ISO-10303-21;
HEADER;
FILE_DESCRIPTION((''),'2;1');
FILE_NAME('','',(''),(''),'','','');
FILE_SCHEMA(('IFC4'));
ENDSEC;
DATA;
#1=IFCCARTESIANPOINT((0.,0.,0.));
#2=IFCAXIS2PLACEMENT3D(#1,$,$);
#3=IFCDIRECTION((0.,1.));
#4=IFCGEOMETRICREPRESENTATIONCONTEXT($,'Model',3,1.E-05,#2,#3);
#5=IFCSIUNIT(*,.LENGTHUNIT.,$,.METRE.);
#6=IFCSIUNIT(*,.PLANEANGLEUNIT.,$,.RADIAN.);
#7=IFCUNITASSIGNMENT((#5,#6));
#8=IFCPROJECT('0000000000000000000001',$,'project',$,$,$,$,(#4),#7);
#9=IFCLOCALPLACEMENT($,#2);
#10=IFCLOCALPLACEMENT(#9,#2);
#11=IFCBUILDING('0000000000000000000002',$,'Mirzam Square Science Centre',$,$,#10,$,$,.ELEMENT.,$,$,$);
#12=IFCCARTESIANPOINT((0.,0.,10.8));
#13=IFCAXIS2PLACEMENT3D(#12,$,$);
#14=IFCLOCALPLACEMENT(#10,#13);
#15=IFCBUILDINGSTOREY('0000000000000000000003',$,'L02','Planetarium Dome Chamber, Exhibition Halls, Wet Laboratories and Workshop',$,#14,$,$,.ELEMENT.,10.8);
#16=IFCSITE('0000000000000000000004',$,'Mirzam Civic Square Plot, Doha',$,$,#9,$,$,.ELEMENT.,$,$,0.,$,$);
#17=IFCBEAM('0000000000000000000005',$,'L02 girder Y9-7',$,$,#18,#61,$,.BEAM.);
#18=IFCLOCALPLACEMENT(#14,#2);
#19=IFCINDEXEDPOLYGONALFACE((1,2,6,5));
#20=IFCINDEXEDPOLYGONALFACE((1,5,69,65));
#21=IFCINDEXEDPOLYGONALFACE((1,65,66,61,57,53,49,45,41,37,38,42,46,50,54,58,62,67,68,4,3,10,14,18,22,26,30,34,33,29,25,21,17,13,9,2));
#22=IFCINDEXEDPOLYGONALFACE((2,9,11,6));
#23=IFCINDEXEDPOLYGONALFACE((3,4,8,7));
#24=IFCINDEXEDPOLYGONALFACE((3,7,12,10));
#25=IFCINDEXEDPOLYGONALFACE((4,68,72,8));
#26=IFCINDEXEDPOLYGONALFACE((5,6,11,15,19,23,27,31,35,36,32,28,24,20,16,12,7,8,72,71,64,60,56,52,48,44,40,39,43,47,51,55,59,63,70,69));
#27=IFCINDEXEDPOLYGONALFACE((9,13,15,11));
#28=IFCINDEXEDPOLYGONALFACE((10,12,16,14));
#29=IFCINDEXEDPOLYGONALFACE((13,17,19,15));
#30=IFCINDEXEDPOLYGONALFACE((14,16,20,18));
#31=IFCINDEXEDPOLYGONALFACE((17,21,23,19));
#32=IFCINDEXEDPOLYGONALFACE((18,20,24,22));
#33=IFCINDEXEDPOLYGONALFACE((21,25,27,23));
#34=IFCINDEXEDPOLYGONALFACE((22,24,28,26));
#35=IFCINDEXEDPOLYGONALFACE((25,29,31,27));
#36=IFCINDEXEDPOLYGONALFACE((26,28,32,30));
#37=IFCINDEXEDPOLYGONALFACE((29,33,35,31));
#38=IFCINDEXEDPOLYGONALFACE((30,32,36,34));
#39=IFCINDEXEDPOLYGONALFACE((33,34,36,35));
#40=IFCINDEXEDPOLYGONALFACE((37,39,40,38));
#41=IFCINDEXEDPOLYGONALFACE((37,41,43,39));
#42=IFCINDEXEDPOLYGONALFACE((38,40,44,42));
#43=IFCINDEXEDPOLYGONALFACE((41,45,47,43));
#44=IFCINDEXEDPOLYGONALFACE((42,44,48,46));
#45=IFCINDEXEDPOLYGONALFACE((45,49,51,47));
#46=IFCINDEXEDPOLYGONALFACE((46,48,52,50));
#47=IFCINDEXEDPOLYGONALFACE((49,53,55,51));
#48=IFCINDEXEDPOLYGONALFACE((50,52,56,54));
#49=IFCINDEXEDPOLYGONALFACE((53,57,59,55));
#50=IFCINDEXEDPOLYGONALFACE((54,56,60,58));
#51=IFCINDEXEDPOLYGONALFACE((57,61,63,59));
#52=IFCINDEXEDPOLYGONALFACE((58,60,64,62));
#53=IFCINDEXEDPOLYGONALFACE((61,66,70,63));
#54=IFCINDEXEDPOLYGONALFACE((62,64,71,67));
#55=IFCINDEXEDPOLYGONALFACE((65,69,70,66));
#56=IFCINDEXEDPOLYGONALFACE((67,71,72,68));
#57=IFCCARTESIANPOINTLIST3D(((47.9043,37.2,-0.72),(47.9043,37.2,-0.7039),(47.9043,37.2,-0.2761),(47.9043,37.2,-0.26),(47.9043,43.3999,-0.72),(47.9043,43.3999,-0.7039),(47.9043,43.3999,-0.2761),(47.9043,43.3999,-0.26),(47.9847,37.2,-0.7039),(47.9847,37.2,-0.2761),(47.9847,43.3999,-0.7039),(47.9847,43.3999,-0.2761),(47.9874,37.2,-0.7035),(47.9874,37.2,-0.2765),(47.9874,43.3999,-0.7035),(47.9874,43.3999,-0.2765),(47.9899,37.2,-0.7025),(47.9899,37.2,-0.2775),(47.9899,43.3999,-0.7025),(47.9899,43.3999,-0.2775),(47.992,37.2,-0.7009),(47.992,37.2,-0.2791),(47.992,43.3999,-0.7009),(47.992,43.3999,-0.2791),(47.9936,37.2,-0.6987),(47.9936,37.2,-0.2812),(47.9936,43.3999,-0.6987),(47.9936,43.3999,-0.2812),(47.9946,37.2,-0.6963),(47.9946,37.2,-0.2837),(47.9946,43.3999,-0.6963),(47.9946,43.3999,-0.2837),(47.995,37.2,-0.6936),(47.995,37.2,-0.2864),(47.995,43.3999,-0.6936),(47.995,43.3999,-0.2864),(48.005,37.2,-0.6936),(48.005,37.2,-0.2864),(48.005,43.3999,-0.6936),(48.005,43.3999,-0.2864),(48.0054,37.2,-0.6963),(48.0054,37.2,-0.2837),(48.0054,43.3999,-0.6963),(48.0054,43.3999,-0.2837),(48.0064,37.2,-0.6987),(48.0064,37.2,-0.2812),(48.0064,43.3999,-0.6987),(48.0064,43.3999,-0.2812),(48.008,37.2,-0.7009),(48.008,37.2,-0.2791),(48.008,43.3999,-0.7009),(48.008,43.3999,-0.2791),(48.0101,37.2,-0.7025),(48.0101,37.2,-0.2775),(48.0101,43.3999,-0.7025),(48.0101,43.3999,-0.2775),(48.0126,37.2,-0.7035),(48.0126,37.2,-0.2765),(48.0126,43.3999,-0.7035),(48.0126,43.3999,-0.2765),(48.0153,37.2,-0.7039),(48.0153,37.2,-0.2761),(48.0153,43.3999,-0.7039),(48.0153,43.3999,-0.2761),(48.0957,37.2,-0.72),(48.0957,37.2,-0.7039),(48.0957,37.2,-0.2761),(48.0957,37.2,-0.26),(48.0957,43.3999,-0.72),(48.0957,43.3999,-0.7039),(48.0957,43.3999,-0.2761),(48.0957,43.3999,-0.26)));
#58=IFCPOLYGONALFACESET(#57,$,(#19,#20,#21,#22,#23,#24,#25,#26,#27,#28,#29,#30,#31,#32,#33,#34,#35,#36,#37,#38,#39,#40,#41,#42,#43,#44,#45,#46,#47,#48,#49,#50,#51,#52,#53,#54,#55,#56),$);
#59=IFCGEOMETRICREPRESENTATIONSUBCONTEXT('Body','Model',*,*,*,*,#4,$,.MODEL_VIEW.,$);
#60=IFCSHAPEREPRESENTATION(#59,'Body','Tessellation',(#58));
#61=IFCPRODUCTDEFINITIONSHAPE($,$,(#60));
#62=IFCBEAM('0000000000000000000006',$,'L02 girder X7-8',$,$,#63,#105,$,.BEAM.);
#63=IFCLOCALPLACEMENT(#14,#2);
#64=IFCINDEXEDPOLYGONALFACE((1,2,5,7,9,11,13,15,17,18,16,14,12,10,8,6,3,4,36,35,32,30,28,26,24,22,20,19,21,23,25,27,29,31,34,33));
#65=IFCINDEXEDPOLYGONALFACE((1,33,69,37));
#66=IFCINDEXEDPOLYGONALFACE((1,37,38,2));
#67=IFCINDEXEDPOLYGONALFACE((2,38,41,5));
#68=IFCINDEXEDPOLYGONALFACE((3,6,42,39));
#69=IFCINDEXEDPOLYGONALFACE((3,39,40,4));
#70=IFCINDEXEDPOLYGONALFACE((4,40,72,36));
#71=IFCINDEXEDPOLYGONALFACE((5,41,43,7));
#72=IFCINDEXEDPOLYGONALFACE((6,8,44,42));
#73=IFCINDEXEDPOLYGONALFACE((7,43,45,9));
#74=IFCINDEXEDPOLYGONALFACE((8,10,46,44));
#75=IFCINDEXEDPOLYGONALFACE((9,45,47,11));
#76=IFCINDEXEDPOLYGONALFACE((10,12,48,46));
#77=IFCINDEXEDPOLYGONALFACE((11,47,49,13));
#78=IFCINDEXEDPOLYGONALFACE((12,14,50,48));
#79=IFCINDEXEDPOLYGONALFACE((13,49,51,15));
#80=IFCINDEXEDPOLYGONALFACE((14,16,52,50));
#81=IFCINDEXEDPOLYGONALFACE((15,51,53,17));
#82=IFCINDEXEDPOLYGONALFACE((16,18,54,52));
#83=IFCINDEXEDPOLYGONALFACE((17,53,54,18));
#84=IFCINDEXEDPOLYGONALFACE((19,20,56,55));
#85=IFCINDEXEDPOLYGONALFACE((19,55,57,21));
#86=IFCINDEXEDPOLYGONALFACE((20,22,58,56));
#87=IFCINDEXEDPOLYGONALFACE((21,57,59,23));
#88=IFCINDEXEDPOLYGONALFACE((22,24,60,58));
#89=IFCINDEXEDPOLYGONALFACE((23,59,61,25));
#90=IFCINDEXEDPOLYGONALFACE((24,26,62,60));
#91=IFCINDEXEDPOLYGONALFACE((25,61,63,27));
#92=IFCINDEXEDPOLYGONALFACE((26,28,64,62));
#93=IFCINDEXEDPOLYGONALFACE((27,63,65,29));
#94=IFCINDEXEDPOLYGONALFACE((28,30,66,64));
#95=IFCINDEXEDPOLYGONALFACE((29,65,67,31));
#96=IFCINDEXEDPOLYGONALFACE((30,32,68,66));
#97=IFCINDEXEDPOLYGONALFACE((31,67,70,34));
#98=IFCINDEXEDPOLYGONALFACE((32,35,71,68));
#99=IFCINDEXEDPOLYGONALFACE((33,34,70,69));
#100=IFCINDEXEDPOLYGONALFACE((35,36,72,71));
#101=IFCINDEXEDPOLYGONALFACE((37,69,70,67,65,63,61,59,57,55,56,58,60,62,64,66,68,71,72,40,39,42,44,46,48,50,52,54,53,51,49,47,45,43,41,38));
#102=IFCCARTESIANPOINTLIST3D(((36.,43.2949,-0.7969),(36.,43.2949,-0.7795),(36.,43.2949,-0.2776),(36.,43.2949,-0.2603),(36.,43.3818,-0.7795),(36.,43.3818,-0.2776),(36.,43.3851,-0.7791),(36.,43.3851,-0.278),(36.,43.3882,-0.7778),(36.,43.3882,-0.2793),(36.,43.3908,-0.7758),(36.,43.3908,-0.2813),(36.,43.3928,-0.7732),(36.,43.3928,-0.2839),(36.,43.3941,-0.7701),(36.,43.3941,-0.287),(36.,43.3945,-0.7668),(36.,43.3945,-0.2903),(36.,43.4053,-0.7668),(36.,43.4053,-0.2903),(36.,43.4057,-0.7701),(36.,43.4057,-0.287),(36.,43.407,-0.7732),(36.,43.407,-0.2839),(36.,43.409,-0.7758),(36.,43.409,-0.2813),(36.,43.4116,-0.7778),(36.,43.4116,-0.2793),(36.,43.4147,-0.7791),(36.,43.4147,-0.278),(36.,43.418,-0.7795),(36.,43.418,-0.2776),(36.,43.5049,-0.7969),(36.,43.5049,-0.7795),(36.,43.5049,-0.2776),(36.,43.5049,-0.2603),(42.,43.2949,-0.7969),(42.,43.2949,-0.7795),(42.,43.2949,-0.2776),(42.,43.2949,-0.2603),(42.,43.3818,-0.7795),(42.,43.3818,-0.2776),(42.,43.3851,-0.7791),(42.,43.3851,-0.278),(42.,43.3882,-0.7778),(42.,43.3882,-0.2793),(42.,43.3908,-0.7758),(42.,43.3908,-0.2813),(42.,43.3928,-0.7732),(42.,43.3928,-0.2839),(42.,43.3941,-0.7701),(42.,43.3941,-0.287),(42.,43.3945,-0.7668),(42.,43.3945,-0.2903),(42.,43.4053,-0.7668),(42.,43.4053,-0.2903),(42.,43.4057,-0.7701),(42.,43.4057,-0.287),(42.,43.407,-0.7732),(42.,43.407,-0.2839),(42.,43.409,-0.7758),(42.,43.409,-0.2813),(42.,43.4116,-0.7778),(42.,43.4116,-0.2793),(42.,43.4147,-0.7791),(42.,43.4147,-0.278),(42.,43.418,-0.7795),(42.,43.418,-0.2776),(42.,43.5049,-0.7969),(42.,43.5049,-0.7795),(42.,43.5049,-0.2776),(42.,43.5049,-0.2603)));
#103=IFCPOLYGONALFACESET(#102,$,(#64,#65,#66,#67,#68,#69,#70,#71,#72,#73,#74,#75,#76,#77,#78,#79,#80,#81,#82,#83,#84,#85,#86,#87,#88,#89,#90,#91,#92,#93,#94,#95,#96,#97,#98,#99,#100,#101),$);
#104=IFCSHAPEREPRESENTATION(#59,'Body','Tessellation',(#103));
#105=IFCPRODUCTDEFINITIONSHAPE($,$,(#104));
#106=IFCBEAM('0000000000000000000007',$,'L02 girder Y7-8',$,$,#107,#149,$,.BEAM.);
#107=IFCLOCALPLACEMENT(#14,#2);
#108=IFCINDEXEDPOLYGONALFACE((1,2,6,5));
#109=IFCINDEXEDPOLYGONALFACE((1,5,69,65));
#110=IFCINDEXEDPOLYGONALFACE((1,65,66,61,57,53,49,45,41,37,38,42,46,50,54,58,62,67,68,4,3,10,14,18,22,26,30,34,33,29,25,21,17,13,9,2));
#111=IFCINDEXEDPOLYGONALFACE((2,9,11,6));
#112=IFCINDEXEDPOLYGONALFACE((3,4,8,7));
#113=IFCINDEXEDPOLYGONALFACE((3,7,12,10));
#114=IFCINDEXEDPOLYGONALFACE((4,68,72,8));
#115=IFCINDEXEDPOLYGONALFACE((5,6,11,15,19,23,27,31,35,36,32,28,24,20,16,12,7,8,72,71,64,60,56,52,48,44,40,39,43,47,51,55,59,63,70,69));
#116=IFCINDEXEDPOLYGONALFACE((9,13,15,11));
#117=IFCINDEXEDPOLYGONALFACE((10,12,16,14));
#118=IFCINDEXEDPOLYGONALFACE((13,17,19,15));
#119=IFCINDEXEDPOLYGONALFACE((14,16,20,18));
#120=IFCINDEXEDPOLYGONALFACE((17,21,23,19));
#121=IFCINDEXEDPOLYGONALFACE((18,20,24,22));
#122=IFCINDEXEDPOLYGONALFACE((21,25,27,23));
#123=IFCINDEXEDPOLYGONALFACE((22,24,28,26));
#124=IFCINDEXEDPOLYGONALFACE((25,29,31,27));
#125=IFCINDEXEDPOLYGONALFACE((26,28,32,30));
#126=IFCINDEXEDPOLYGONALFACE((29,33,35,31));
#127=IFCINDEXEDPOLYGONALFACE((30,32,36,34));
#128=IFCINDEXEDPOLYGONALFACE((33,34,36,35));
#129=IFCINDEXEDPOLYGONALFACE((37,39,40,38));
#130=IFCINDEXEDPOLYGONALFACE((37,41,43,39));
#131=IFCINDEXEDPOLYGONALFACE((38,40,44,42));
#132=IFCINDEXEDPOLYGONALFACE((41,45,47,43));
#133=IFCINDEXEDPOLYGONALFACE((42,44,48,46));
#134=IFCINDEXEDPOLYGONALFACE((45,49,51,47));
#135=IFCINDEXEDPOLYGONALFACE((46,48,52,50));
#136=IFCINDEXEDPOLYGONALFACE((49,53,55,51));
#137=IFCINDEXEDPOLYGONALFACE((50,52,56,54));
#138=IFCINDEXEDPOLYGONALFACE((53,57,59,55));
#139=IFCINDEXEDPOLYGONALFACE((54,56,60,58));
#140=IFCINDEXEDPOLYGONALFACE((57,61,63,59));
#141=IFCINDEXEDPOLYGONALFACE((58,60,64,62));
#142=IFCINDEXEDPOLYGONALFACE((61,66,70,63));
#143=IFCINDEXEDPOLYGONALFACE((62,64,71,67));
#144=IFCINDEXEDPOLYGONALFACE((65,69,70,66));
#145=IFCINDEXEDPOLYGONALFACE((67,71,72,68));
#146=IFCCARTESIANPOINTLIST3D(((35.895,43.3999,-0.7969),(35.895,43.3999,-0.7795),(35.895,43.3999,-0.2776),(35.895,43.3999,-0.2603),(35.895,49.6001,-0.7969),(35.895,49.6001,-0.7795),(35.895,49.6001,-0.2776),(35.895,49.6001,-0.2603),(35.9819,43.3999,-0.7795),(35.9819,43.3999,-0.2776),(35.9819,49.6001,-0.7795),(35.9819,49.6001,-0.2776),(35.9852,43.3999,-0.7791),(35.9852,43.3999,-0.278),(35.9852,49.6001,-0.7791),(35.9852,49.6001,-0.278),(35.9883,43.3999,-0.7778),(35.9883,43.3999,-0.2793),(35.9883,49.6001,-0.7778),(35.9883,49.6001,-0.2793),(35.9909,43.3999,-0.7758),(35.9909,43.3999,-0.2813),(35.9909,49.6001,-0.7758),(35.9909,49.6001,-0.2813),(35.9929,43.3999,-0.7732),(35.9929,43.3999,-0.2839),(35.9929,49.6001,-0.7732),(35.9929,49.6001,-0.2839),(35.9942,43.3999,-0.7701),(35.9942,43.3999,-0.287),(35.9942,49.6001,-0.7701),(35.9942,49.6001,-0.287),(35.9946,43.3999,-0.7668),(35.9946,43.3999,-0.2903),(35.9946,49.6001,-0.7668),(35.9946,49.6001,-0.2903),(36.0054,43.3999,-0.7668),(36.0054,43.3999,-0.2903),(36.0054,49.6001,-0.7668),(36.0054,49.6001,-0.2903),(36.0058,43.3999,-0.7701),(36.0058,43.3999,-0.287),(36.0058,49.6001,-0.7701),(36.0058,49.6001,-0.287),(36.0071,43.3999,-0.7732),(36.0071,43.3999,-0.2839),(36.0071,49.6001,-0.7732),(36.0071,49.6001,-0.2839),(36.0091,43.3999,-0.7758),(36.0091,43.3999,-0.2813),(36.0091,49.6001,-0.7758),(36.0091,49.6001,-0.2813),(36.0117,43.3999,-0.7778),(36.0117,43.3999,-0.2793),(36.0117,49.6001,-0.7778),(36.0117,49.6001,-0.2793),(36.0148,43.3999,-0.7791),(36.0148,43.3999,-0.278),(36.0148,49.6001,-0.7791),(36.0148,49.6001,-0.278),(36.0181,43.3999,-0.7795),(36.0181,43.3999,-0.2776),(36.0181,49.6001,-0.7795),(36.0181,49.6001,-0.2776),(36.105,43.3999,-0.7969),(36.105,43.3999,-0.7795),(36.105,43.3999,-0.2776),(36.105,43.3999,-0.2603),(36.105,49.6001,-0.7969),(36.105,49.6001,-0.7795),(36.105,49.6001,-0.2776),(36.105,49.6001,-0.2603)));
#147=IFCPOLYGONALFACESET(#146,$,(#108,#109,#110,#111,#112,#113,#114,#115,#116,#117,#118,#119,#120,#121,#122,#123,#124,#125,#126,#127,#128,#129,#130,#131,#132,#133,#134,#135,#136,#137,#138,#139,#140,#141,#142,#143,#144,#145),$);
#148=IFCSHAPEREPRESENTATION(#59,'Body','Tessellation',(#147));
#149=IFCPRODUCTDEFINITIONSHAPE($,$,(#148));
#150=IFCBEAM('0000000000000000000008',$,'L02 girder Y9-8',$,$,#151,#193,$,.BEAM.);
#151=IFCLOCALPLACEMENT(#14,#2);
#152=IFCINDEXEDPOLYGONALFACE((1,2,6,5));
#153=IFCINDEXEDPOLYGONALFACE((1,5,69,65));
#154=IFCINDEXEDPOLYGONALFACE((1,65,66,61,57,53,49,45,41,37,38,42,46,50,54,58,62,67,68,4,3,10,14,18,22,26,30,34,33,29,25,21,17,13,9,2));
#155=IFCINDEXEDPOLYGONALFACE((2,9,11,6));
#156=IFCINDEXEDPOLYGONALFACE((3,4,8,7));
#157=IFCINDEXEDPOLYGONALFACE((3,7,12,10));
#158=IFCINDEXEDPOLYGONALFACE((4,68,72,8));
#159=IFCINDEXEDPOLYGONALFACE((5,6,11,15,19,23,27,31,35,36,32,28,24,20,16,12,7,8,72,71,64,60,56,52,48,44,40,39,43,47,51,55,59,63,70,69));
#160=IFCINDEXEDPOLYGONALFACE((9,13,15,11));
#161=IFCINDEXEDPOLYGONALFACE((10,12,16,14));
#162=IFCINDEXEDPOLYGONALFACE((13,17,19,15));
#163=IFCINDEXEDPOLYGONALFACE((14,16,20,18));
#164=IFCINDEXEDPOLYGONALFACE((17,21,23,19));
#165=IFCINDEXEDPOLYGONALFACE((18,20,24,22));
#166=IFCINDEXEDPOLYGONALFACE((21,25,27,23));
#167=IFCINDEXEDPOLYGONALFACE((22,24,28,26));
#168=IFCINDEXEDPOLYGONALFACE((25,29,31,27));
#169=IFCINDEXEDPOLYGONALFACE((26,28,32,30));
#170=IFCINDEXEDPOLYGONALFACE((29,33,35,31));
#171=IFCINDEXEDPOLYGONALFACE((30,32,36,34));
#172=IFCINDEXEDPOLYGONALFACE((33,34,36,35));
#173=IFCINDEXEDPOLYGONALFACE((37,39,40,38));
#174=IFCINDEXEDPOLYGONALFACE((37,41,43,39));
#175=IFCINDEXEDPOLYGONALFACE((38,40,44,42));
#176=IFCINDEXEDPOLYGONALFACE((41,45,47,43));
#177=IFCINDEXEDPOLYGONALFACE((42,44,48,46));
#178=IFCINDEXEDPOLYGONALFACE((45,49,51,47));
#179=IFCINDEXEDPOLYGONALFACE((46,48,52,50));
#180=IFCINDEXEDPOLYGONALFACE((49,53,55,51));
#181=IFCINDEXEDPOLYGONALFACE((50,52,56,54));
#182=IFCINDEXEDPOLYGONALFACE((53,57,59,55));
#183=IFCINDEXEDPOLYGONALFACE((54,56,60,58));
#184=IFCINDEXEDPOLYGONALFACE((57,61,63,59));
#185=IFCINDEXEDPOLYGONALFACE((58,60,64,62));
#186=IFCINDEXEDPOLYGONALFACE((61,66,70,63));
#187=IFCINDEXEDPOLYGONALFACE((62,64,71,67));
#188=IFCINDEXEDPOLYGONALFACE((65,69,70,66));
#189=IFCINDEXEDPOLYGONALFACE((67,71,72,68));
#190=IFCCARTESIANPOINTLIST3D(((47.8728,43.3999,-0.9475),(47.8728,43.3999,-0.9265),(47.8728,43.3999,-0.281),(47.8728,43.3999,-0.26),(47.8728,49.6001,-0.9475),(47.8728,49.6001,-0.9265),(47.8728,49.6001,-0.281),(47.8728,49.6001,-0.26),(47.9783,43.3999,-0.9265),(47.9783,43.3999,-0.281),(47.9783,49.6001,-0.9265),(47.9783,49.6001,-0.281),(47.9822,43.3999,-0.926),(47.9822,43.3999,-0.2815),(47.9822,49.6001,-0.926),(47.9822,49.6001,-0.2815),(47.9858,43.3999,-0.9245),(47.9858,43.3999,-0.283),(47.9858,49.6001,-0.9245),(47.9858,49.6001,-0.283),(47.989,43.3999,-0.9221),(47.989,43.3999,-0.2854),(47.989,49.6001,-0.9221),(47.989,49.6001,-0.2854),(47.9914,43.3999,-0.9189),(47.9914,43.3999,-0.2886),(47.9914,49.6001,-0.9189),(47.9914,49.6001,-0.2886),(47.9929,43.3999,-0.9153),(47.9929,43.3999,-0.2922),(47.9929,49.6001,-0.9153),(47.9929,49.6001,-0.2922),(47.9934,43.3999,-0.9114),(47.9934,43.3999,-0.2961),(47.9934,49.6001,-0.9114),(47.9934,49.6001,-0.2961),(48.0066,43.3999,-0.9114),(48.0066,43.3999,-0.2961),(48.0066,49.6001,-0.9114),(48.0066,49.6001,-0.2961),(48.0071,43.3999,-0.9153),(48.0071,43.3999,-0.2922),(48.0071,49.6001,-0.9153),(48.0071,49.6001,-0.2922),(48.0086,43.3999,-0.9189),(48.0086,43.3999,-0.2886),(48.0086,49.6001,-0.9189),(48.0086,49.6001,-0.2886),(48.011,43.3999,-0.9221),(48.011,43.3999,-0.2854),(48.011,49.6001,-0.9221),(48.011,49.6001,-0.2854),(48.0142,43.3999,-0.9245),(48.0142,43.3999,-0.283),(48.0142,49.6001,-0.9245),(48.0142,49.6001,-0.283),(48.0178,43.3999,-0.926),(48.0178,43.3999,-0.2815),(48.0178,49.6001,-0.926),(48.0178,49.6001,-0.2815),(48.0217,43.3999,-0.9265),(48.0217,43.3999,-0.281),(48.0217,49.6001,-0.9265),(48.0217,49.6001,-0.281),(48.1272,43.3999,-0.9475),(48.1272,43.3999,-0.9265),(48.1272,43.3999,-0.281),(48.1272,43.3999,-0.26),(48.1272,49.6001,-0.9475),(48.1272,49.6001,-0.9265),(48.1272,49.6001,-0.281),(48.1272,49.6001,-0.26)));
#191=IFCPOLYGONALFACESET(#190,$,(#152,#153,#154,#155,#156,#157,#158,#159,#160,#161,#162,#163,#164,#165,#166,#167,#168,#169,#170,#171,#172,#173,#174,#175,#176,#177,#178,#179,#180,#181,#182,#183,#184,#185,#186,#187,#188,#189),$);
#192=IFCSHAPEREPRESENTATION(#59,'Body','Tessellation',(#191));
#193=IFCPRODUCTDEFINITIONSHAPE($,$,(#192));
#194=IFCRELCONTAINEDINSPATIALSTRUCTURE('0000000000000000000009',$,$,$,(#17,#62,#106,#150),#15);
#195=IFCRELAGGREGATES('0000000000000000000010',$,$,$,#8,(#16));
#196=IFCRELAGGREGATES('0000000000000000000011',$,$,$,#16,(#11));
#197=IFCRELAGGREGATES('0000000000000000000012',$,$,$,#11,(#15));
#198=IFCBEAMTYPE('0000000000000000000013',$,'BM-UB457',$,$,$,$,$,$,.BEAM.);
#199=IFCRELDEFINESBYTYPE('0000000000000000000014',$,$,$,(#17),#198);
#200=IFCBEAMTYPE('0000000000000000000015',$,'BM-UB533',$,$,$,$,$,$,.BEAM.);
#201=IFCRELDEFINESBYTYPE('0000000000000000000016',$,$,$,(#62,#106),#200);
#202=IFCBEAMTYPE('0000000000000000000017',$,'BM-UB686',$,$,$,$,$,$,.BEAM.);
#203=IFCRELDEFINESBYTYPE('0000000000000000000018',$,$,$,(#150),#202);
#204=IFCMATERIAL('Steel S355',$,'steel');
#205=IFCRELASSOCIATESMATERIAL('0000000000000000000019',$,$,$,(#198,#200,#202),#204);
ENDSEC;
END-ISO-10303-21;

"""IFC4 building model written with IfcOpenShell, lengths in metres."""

from ifc_helpers import new_model, si_unit, direction, frame, origin, origin_2d, place, context, subcontext, project, spatial, i_section, extrude, material, material_profile, profile_set, type_object, element, save


model = new_model("IFC4")

# Units and contexts
model_context = context("Model", 3, precision=1e-05, world=origin(), true_north=direction((0.0, 1.0)))
body_context = subcontext(model_context, "Body", "Model", "MODEL_VIEW")
ifc_project = project(units=[si_unit("LENGTHUNIT", "METRE"), si_unit("PLANEANGLEUNIT", "RADIAN")], contexts=[model_context])

# Site, building, storey
site_placement = place(None, origin())
site = spatial("IfcSite", under=ifc_project, at=site_placement, Name="Mirzam Civic Square Plot, Doha", CompositionType="ELEMENT", RefElevation=0.0)
building_placement = place(site_placement, origin())
building = spatial("IfcBuilding", under=site, at=building_placement, Name="Mirzam Square Science Centre", CompositionType="ELEMENT")
storey_placement = place(building_placement, frame((0.0, 0.0, 10.8)))
storey = spatial("IfcBuildingStorey", under=building, at=storey_placement, Name="L02", Description="Planetarium Dome Chamber, Exhibition Halls, Wet Laboratories and Workshop", CompositionType="ELEMENT", Elevation=10.8)

# Shared definitions
ifc_material_1 = material(Name="Steel S355", Category="steel")

# Beams
ifc_material_profile_1 = material_profile(ifc_material_1, i_section(OverallWidth=0.1914, OverallDepth=0.46, WebThickness=0.01, FlangeThickness=0.0161, FilletRadius=0.0103, at=origin_2d()), Name="457x191x82UB")
ifc_profile_set_1 = profile_set([ifc_material_profile_1], Name="Steel S355")
beam_type_1 = type_object("IfcBeamType", Name="BM-UB457", PredefinedType="BEAM", material=ifc_profile_set_1)
beam_1_placement = place(storey_placement, frame((48.0, 37.2, -0.49), z_axis=(0.0, 1.0, 0.0), x_axis=(-1.0, 0.0, 0.0)))
element("IfcBeam", 1, at=beam_1_placement, inside=storey, type_object=beam_type_1, Name="L02 girder Y9-7", PredefinedType="BEAM", context=body_context, shape_type="SweptSolid", body=[
    extrude(i_section(OverallWidth=0.1914, OverallDepth=0.46, WebThickness=0.01, FlangeThickness=0.0161, FilletRadius=0.0103, at=origin_2d()), origin(), (0.0, 0.0, 1.0), 6.2),
])
ifc_material_profile_2 = material_profile(ifc_material_1, i_section(OverallWidth=0.21, OverallDepth=0.5366, WebThickness=0.0107, FlangeThickness=0.0173, FilletRadius=0.0127, at=origin_2d()), Name="533x210x101UB")
ifc_profile_set_2 = profile_set([ifc_material_profile_2], Name="Steel S355")
beam_type_2 = type_object("IfcBeamType", Name="BM-UB533", PredefinedType="BEAM", material=ifc_profile_set_2)
beam_2_placement = place(storey_placement, frame((36.0, 43.3999, -0.5286), z_axis=(1.0, 0.0, 0.0), x_axis=(0.0, 1.0, 0.0)))
element("IfcBeam", 2, at=beam_2_placement, inside=storey, type_object=beam_type_2, Name="L02 girder X7-8", PredefinedType="BEAM", context=body_context, shape_type="SweptSolid", body=[
    extrude(i_section(OverallWidth=0.21, OverallDepth=0.5366, WebThickness=0.0107, FlangeThickness=0.0173, FilletRadius=0.0127, at=origin_2d()), origin(), (0.0, 0.0, 1.0), 6.0),
])
beam_3_placement = place(storey_placement, frame((36.0, 43.3999, -0.5286), z_axis=(0.0, 1.0, 0.0), x_axis=(-1.0, 0.0, 0.0)))
element("IfcBeam", 3, at=beam_3_placement, inside=storey, type_object=beam_type_2, Name="L02 girder Y7-8", PredefinedType="BEAM", context=body_context, shape_type="SweptSolid", body=[
    extrude(i_section(OverallWidth=0.21, OverallDepth=0.5366, WebThickness=0.0107, FlangeThickness=0.0173, FilletRadius=0.0127, at=origin_2d()), origin(), (0.0, 0.0, 1.0), 6.2002),
])
ifc_material_profile_3 = material_profile(ifc_material_1, i_section(OverallWidth=0.2544, OverallDepth=0.6875, WebThickness=0.0132, FlangeThickness=0.021, FilletRadius=0.0151, at=origin_2d()), Name="686x254x152UB")
ifc_profile_set_3 = profile_set([ifc_material_profile_3], Name="Steel S355")
beam_type_3 = type_object("IfcBeamType", Name="BM-UB686", PredefinedType="BEAM", material=ifc_profile_set_3)
beam_4_placement = place(storey_placement, frame((48.0, 43.3999, -0.6038), z_axis=(0.0, 1.0, 0.0), x_axis=(-1.0, 0.0, 0.0)))
element("IfcBeam", 4, at=beam_4_placement, inside=storey, type_object=beam_type_3, Name="L02 girder Y9-8", PredefinedType="BEAM", context=body_context, shape_type="SweptSolid", body=[
    extrude(i_section(OverallWidth=0.2544, OverallDepth=0.6875, WebThickness=0.0132, FlangeThickness=0.021, FilletRadius=0.0151, at=origin_2d()), origin(), (0.0, 0.0, 1.0), 6.2002),
])

save(model, "model.ifc")
